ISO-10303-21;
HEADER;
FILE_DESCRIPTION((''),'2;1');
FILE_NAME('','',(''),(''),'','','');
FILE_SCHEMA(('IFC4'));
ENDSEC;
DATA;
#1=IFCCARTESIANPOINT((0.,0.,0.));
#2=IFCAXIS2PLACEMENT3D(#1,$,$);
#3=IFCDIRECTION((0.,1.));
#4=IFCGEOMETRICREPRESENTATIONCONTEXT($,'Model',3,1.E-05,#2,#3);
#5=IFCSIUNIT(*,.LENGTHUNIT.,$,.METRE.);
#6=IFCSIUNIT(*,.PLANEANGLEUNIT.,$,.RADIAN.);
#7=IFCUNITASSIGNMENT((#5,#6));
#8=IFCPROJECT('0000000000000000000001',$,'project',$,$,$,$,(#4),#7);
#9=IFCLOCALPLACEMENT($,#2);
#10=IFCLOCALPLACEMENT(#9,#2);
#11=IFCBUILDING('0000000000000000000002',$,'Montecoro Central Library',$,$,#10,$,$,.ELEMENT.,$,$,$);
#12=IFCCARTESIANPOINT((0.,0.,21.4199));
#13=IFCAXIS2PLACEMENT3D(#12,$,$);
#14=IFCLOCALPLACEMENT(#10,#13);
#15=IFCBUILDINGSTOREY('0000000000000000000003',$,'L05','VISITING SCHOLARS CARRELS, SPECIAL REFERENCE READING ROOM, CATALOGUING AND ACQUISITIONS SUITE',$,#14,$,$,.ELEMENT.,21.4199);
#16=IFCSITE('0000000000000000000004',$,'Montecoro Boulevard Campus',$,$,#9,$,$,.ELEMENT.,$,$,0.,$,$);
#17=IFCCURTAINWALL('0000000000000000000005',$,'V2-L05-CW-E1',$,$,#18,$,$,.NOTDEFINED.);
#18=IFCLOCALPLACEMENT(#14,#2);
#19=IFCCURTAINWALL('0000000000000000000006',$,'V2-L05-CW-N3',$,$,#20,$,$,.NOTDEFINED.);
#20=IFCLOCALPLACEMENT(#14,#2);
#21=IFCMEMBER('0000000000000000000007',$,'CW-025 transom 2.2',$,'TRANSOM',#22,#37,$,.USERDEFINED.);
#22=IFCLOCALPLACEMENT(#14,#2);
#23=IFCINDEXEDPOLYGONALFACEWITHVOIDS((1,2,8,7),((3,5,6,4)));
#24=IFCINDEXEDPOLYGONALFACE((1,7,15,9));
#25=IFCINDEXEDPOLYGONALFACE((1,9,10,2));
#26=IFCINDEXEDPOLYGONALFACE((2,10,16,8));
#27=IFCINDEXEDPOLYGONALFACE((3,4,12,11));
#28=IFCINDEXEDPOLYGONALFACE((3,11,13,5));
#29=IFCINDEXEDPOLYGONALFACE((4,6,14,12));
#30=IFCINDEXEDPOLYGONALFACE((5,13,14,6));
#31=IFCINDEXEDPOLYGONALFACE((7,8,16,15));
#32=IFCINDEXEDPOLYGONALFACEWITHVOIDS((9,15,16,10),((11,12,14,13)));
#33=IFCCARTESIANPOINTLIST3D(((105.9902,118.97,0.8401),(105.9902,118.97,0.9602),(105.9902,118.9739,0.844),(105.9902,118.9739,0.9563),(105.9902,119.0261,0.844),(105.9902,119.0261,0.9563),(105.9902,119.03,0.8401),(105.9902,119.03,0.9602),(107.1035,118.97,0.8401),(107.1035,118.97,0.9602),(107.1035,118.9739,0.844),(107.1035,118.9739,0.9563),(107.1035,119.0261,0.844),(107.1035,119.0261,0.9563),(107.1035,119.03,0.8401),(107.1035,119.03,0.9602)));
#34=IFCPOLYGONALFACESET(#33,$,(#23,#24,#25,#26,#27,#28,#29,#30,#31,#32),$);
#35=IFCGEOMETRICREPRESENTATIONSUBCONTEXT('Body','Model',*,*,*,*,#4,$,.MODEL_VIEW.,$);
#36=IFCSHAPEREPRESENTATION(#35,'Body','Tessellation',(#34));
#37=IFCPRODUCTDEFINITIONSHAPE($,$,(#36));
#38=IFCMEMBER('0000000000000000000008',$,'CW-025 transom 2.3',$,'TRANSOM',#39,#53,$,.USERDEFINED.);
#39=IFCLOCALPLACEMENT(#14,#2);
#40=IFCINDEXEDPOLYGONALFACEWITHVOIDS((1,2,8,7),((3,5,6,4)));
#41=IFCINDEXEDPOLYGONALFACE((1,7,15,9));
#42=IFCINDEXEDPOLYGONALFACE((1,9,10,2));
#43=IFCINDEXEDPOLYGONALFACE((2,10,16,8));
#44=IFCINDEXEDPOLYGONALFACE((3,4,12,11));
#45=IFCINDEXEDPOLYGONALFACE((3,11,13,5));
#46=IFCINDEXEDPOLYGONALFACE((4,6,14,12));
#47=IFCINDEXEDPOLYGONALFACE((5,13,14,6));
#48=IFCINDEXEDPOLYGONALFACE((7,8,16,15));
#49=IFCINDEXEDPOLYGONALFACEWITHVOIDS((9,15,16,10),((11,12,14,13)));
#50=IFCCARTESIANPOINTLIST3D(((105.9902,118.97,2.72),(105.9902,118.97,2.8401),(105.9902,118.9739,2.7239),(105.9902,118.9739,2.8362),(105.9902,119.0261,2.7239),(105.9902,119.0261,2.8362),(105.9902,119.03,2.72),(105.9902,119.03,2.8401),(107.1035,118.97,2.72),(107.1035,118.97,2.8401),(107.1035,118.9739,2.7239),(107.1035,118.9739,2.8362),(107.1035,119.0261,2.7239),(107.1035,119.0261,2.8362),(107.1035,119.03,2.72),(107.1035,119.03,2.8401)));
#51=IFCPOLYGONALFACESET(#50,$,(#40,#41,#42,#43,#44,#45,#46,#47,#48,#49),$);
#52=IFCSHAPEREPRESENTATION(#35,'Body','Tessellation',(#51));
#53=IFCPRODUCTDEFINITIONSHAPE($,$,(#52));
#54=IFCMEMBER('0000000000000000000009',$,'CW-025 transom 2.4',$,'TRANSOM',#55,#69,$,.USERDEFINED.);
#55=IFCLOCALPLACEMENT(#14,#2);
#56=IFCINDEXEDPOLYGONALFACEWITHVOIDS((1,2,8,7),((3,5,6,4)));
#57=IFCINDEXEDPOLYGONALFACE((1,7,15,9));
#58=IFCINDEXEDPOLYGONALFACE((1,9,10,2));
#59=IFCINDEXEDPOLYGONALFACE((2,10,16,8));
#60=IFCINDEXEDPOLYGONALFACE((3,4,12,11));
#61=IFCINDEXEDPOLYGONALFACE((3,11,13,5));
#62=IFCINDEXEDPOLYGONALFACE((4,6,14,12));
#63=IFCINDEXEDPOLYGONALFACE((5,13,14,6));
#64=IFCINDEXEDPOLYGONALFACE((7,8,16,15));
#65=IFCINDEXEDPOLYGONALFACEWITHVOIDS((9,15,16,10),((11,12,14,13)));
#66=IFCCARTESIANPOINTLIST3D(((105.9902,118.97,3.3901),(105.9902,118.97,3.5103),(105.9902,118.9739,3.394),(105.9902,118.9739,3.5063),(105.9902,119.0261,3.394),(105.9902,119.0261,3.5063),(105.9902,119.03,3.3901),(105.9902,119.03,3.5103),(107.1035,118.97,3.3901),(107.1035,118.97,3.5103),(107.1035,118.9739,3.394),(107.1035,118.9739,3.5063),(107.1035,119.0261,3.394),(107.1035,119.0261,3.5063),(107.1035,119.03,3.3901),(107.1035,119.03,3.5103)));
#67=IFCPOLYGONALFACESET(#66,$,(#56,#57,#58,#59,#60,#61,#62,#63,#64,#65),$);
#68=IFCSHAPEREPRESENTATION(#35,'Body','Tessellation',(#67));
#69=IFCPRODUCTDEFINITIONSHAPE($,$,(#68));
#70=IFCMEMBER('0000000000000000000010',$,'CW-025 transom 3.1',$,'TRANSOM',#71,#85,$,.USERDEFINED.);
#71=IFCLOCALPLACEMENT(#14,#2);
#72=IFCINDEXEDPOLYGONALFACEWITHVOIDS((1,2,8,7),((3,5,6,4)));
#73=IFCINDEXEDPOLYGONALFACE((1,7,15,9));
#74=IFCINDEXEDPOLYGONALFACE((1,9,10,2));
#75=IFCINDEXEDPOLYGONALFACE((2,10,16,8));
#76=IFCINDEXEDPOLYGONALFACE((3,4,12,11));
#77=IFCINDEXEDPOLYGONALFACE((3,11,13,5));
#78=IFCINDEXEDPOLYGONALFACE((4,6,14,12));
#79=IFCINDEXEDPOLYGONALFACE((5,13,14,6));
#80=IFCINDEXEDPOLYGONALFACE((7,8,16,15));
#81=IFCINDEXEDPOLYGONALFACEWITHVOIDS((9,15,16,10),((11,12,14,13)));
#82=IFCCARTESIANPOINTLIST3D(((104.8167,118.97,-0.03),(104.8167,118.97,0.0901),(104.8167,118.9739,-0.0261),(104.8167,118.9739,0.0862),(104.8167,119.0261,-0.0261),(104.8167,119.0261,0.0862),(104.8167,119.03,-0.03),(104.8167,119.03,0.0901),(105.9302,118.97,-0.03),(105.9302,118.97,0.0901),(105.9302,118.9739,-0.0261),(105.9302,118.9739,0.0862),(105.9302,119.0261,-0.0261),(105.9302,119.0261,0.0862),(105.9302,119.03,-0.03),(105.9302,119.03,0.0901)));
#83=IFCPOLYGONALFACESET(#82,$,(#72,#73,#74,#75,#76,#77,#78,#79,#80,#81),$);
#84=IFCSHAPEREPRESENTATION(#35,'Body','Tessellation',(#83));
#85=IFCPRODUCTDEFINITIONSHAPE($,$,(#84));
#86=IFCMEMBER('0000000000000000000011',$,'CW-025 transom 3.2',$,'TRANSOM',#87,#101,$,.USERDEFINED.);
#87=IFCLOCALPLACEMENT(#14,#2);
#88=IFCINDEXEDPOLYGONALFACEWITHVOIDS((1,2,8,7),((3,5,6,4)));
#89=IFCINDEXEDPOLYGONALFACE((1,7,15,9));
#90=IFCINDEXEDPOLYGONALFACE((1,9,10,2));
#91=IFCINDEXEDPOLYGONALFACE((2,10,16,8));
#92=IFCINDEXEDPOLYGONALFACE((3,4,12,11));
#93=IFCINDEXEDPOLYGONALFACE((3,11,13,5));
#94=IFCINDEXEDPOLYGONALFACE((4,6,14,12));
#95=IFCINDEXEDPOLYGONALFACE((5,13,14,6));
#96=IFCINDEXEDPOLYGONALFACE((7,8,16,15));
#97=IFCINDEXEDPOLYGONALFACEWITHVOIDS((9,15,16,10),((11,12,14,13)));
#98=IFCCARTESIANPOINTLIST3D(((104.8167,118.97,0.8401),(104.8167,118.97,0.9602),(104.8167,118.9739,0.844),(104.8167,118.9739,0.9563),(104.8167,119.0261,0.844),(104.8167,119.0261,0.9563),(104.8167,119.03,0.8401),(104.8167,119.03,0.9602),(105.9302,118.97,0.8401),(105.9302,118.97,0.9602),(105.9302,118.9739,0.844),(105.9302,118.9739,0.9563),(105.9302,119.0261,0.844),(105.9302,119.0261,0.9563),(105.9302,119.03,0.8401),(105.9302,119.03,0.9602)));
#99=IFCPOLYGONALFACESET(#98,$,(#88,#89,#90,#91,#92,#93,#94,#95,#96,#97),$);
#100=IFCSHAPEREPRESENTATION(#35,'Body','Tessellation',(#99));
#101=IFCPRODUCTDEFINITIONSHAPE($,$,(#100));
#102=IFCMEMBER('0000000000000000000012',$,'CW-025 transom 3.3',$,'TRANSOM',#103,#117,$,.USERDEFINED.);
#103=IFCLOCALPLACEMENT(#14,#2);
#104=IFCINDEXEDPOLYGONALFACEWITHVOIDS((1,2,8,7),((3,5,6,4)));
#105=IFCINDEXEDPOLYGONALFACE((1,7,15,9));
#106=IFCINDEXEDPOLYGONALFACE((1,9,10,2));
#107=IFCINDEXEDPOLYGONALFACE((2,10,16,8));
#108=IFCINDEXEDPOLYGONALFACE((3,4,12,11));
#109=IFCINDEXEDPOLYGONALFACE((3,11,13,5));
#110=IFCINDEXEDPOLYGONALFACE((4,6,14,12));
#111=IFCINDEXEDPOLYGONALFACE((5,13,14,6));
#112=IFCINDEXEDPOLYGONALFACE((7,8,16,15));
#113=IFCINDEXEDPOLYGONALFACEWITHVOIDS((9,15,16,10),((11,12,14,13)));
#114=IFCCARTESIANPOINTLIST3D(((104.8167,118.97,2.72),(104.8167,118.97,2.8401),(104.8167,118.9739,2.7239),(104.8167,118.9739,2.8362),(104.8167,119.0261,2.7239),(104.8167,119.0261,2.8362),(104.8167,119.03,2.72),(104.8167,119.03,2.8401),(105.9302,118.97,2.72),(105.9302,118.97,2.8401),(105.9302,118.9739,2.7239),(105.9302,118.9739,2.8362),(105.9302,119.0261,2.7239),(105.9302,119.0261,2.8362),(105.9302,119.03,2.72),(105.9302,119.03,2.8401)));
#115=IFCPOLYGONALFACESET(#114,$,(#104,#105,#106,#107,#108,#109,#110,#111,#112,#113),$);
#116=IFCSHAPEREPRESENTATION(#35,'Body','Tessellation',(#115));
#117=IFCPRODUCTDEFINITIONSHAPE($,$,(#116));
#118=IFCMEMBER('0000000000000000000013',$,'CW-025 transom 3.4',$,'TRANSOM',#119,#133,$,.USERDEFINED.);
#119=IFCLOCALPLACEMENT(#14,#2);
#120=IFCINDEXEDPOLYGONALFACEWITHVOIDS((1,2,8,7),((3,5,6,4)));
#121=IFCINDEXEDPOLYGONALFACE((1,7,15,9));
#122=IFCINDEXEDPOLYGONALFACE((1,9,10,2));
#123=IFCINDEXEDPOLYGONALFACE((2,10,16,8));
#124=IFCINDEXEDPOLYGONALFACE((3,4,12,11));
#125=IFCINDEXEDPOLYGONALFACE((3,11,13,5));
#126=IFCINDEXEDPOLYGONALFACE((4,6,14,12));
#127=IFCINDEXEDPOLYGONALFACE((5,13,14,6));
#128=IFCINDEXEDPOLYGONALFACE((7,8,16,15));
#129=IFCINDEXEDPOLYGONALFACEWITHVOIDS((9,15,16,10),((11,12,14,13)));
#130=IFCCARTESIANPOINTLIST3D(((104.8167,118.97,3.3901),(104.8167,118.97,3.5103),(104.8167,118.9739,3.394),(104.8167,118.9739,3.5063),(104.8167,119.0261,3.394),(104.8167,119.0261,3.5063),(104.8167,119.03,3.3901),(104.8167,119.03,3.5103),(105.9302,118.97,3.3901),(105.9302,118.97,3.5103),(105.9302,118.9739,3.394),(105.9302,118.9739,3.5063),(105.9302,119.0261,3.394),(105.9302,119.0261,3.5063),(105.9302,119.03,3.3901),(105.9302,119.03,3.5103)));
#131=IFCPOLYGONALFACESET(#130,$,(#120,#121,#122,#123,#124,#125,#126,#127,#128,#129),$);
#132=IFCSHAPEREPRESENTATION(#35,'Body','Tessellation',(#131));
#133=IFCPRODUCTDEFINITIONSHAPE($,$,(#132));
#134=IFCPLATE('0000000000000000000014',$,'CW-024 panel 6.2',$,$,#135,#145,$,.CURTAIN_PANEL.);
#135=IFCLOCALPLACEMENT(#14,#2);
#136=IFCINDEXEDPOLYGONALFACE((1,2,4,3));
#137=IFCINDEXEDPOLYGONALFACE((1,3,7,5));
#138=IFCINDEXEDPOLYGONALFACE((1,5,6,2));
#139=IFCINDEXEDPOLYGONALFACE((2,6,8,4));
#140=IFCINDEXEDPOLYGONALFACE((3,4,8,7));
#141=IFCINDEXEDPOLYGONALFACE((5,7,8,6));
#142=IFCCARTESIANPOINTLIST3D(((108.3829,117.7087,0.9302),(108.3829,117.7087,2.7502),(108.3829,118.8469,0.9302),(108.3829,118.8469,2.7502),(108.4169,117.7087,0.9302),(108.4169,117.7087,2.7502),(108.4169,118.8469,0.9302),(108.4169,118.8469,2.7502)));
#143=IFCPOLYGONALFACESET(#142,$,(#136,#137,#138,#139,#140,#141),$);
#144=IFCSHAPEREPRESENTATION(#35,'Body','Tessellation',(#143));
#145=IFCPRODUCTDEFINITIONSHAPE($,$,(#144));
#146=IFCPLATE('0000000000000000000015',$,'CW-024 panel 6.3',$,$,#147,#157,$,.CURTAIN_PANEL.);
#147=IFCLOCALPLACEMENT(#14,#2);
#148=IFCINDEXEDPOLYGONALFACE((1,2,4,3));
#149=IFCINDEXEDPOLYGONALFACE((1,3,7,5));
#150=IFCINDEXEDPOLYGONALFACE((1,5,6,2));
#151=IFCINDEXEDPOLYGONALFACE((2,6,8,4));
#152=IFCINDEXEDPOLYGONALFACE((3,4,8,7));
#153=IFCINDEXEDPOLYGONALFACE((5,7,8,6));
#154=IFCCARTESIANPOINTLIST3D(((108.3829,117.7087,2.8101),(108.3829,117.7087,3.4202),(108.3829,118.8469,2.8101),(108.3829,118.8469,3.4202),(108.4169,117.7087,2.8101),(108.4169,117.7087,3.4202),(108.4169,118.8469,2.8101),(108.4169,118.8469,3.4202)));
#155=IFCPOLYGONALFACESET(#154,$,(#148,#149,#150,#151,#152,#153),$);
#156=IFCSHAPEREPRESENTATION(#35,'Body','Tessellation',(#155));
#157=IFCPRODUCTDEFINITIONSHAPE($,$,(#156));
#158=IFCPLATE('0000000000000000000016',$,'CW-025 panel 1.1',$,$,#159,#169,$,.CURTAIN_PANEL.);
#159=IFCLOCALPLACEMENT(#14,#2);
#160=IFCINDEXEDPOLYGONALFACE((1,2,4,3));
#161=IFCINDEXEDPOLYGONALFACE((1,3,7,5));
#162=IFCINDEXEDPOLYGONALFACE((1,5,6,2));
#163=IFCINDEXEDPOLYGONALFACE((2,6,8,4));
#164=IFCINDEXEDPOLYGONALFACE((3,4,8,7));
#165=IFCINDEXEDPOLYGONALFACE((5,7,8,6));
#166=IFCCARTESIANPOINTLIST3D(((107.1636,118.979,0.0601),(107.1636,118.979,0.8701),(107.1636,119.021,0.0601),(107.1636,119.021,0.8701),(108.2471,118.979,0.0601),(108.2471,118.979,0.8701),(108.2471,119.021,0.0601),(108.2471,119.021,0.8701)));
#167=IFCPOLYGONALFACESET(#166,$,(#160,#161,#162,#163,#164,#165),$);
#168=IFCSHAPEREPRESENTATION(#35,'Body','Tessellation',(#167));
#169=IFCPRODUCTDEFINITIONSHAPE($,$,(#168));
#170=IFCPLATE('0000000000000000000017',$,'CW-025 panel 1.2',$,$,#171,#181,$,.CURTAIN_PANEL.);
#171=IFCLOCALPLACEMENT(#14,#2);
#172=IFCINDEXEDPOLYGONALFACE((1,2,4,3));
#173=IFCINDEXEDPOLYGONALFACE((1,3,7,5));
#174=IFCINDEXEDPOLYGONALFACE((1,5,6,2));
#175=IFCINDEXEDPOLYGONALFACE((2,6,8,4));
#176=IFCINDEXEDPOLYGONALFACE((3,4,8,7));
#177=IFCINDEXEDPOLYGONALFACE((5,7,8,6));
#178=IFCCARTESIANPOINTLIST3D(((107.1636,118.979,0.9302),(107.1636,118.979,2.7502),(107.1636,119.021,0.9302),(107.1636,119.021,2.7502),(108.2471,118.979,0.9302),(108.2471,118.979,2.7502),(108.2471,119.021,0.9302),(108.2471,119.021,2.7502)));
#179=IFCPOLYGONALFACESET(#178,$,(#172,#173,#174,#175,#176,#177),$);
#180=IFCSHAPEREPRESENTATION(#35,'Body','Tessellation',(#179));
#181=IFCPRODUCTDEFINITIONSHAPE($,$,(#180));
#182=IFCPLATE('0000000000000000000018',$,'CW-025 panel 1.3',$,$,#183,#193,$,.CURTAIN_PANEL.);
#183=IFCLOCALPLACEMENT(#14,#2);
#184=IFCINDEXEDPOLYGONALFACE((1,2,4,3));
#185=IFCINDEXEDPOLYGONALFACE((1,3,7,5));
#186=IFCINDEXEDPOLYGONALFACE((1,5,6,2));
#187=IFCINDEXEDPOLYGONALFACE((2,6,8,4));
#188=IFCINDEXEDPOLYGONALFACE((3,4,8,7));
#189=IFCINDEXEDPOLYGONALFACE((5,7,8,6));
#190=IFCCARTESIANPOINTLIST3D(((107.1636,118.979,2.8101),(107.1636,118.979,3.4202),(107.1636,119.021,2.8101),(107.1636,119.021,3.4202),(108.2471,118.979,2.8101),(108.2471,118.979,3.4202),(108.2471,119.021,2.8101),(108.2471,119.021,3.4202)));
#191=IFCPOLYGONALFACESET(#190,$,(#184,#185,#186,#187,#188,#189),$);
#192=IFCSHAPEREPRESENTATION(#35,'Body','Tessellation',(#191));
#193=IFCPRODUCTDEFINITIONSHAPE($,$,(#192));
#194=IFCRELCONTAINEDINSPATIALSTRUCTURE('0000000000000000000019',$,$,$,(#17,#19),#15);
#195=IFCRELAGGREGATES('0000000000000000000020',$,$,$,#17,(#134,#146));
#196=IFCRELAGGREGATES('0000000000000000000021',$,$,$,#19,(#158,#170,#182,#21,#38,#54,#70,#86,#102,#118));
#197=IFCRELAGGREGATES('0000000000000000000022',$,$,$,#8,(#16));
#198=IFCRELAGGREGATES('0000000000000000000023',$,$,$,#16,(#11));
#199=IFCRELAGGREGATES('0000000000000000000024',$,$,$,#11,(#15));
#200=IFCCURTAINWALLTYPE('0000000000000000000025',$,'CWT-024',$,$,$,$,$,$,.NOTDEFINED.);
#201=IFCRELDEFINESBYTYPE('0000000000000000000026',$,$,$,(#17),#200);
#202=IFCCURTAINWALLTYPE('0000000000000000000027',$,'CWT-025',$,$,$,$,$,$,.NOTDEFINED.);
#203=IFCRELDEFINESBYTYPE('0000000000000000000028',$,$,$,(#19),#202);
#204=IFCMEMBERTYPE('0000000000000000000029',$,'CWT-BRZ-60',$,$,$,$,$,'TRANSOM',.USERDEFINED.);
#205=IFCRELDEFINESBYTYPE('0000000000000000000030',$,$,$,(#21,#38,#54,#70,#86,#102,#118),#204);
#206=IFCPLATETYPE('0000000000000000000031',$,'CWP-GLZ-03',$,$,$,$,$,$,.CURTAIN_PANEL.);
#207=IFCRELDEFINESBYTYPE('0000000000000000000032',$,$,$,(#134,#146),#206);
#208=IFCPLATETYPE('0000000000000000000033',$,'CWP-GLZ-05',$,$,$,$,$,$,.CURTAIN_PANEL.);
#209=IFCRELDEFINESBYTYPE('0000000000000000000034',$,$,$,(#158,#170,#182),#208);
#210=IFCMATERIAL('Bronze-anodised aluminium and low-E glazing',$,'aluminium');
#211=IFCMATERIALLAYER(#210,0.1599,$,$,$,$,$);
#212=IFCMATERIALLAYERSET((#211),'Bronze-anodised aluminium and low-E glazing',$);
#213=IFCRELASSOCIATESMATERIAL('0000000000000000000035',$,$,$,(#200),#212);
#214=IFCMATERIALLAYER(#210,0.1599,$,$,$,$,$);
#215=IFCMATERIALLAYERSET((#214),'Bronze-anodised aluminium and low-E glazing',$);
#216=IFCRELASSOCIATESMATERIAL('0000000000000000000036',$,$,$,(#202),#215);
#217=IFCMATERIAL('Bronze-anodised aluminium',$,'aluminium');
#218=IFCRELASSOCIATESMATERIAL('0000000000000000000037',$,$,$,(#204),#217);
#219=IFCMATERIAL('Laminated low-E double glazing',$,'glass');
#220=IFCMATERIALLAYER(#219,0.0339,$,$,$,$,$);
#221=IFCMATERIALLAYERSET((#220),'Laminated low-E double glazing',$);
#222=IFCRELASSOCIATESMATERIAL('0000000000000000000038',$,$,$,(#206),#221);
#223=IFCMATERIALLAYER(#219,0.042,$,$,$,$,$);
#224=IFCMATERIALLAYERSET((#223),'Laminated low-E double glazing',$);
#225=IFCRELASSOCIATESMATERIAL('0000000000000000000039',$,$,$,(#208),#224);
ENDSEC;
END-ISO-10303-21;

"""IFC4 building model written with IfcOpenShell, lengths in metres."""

from ifc_helpers import new_model, si_unit, direction, frame, origin, origin_2d, place, context, subcontext, project, spatial, rectangle, hollow_rectangle, extrude, material, layer, layer_set, material_profile, profile_set, type_object, element, aggregate, save


model = new_model("IFC4")

# Units and contexts
model_context = context("Model", 3, precision=1e-05, world=origin(), true_north=direction((0.0, 1.0)))
body_context = subcontext(model_context, "Body", "Model", "MODEL_VIEW")
ifc_project = project(units=[si_unit("LENGTHUNIT", "METRE"), si_unit("PLANEANGLEUNIT", "RADIAN")], contexts=[model_context])

# Site, building, storey
site_placement = place(None, origin())
site = spatial("IfcSite", under=ifc_project, at=site_placement, Name="Montecoro Boulevard Campus", CompositionType="ELEMENT", RefElevation=0.0)
building_placement = place(site_placement, origin())
building = spatial("IfcBuilding", under=site, at=building_placement, Name="Montecoro Central Library", CompositionType="ELEMENT")
storey_placement = place(building_placement, frame((0.0, 0.0, 21.4199)))
storey = spatial("IfcBuildingStorey", under=building, at=storey_placement, Name="L05", Description="VISITING SCHOLARS CARRELS, SPECIAL REFERENCE READING ROOM, CATALOGUING AND ACQUISITIONS SUITE", CompositionType="ELEMENT", Elevation=21.4199)

# Curtain wall
ifc_material_1 = material(Name="Bronze-anodised aluminium and low-E glazing", Category="aluminium")
ifc_layer_1 = layer(ifc_material_1, 0.1599)
ifc_layer_set_1 = layer_set([ifc_layer_1], Name="Bronze-anodised aluminium and low-E glazing")
curtain_wall_type_1 = type_object("IfcCurtainWallType", Name="CWT-024", PredefinedType="NOTDEFINED", material=ifc_layer_set_1)
curtain_wall_1_placement = place(storey_placement, origin())
curtain_wall_1 = element("IfcCurtainWall", 1, at=curtain_wall_1_placement, inside=storey, type_object=curtain_wall_type_1, Name="V2-L05-CW-E1", PredefinedType="NOTDEFINED")
ifc_material_2 = material(Name="Bronze-anodised aluminium", Category="aluminium")

# Curtain wall, members
ifc_layer_2 = layer(ifc_material_1, 0.1599)
ifc_layer_set_2 = layer_set([ifc_layer_2], Name="Bronze-anodised aluminium and low-E glazing")
curtain_wall_type_2 = type_object("IfcCurtainWallType", Name="CWT-025", PredefinedType="NOTDEFINED", material=ifc_layer_set_2)
curtain_wall_2_placement = place(storey_placement, origin())
curtain_wall_2 = element("IfcCurtainWall", 2, at=curtain_wall_2_placement, inside=storey, type_object=curtain_wall_type_2, Name="V2-L05-CW-N3", PredefinedType="NOTDEFINED")
ifc_material_profile_1 = material_profile(ifc_material_2, hollow_rectangle(XDim=0.0601, YDim=0.1201, WallThickness=0.0039, at=origin_2d()), Name="CWT 120x60x4.0")
ifc_profile_set_1 = profile_set([ifc_material_profile_1], Name="Bronze-anodised aluminium")
member_type_1 = type_object("IfcMemberType", Name="CWT-BRZ-60", ElementType="TRANSOM", PredefinedType="USERDEFINED", material=ifc_profile_set_1)
member_1_placement = place(storey_placement, frame((107.1035, 119.0, 0.9001), z_axis=(-1.0, 0.0, 0.0), x_axis=(0.0, -1.0, 0.0)))
member_1 = element("IfcMember", 3, at=member_1_placement, type_object=member_type_1, Name="CW-025 transom 2.2", ObjectType="TRANSOM", PredefinedType="USERDEFINED", context=body_context, shape_type="SweptSolid", body=[
    extrude(hollow_rectangle(XDim=0.0601, YDim=0.1201, WallThickness=0.0039, at=origin_2d()), origin(), (0.0, 0.0, 1.0), 1.1133),
])
member_2_placement = place(storey_placement, frame((107.1035, 119.0, 2.78), z_axis=(-1.0, 0.0, 0.0), x_axis=(0.0, -1.0, 0.0)))
member_2 = element("IfcMember", 4, at=member_2_placement, type_object=member_type_1, Name="CW-025 transom 2.3", ObjectType="TRANSOM", PredefinedType="USERDEFINED", context=body_context, shape_type="SweptSolid", body=[
    extrude(hollow_rectangle(XDim=0.0601, YDim=0.1201, WallThickness=0.0039, at=origin_2d()), origin(), (0.0, 0.0, 1.0), 1.1133),
])
member_3_placement = place(storey_placement, frame((107.1035, 119.0, 3.4502), z_axis=(-1.0, 0.0, 0.0), x_axis=(0.0, -1.0, 0.0)))
member_3 = element("IfcMember", 5, at=member_3_placement, type_object=member_type_1, Name="CW-025 transom 2.4", ObjectType="TRANSOM", PredefinedType="USERDEFINED", context=body_context, shape_type="SweptSolid", body=[
    extrude(hollow_rectangle(XDim=0.0601, YDim=0.1201, WallThickness=0.0039, at=origin_2d()), origin(), (0.0, 0.0, 1.0), 1.1133),
])
member_4_placement = place(storey_placement, frame((105.9302, 119.0, 0.03), z_axis=(-1.0, 0.0, 0.0), x_axis=(0.0, -1.0, 0.0)))
member_4 = element("IfcMember", 6, at=member_4_placement, type_object=member_type_1, Name="CW-025 transom 3.1", ObjectType="TRANSOM", PredefinedType="USERDEFINED", context=body_context, shape_type="SweptSolid", body=[
    extrude(hollow_rectangle(XDim=0.0601, YDim=0.1201, WallThickness=0.0039, at=origin_2d()), origin(), (0.0, 0.0, 1.0), 1.1135),
])
member_5_placement = place(storey_placement, frame((105.9302, 119.0, 0.9001), z_axis=(-1.0, 0.0, 0.0), x_axis=(0.0, -1.0, 0.0)))
member_5 = element("IfcMember", 7, at=member_5_placement, type_object=member_type_1, Name="CW-025 transom 3.2", ObjectType="TRANSOM", PredefinedType="USERDEFINED", context=body_context, shape_type="SweptSolid", body=[
    extrude(hollow_rectangle(XDim=0.0601, YDim=0.1201, WallThickness=0.0039, at=origin_2d()), origin(), (0.0, 0.0, 1.0), 1.1135),
])
member_6_placement = place(storey_placement, frame((105.9302, 119.0, 2.78), z_axis=(-1.0, 0.0, 0.0), x_axis=(0.0, -1.0, 0.0)))
member_6 = element("IfcMember", 8, at=member_6_placement, type_object=member_type_1, Name="CW-025 transom 3.3", ObjectType="TRANSOM", PredefinedType="USERDEFINED", context=body_context, shape_type="SweptSolid", body=[
    extrude(hollow_rectangle(XDim=0.0601, YDim=0.1201, WallThickness=0.0039, at=origin_2d()), origin(), (0.0, 0.0, 1.0), 1.1135),
])
member_7_placement = place(storey_placement, frame((105.9302, 119.0, 3.4502), z_axis=(-1.0, 0.0, 0.0), x_axis=(0.0, -1.0, 0.0)))
member_7 = element("IfcMember", 9, at=member_7_placement, type_object=member_type_1, Name="CW-025 transom 3.4", ObjectType="TRANSOM", PredefinedType="USERDEFINED", context=body_context, shape_type="SweptSolid", body=[
    extrude(hollow_rectangle(XDim=0.0601, YDim=0.1201, WallThickness=0.0039, at=origin_2d()), origin(), (0.0, 0.0, 1.0), 1.1135),
])

# Plates
ifc_material_3 = material(Name="Laminated low-E double glazing", Category="glass")
ifc_layer_3 = layer(ifc_material_3, 0.0339)
ifc_layer_set_3 = layer_set([ifc_layer_3], Name="Laminated low-E double glazing")
plate_type_1 = type_object("IfcPlateType", Name="CWP-GLZ-03", PredefinedType="CURTAIN_PANEL", material=ifc_layer_set_3)
plate_1_placement = place(storey_placement, frame((108.3999, 118.2778, 0.9302), z_axis=(0.0, 0.0, 1.0), x_axis=(0.0, 1.0, 0.0)))
plate_1 = element("IfcPlate", 10, at=plate_1_placement, type_object=plate_type_1, Name="CW-024 panel 6.2", PredefinedType="CURTAIN_PANEL", context=body_context, shape_type="SweptSolid", body=[
    extrude(rectangle(XDim=1.1382, YDim=0.0339, at=origin_2d()), origin(), (0.0, 0.0, 1.0), 1.8201),
])
plate_2_placement = place(storey_placement, frame((108.3999, 118.2778, 2.8101), z_axis=(0.0, 0.0, 1.0), x_axis=(0.0, 1.0, 0.0)))
plate_2 = element("IfcPlate", 11, at=plate_2_placement, type_object=plate_type_1, Name="CW-024 panel 6.3", PredefinedType="CURTAIN_PANEL", context=body_context, shape_type="SweptSolid", body=[
    extrude(rectangle(XDim=1.1382, YDim=0.0339, at=origin_2d()), origin(), (0.0, 0.0, 1.0), 0.6101),
])
aggregate(curtain_wall_1, [plate_1, plate_2])
ifc_layer_4 = layer(ifc_material_3, 0.042)
ifc_layer_set_4 = layer_set([ifc_layer_4], Name="Laminated low-E double glazing")
plate_type_2 = type_object("IfcPlateType", Name="CWP-GLZ-05", PredefinedType="CURTAIN_PANEL", material=ifc_layer_set_4)
plate_3_placement = place(storey_placement, frame((107.7053, 119.0, 0.0601), z_axis=(0.0, 0.0, 1.0), x_axis=(-1.0, 0.0, 0.0)))
plate_3 = element("IfcPlate", 12, at=plate_3_placement, type_object=plate_type_2, Name="CW-025 panel 1.1", PredefinedType="CURTAIN_PANEL", context=body_context, shape_type="SweptSolid", body=[
    extrude(rectangle(XDim=1.0835, YDim=0.042, at=origin_2d()), origin(), (0.0, 0.0, 1.0), 0.8101),
])
plate_4_placement = place(storey_placement, frame((107.7053, 119.0, 0.9302), z_axis=(0.0, 0.0, 1.0), x_axis=(-1.0, 0.0, 0.0)))
plate_4 = element("IfcPlate", 13, at=plate_4_placement, type_object=plate_type_2, Name="CW-025 panel 1.2", PredefinedType="CURTAIN_PANEL", context=body_context, shape_type="SweptSolid", body=[
    extrude(rectangle(XDim=1.0835, YDim=0.042, at=origin_2d()), origin(), (0.0, 0.0, 1.0), 1.8201),
])
plate_5_placement = place(storey_placement, frame((107.7053, 119.0, 2.8101), z_axis=(0.0, 0.0, 1.0), x_axis=(-1.0, 0.0, 0.0)))
plate_5 = element("IfcPlate", 14, at=plate_5_placement, type_object=plate_type_2, Name="CW-025 panel 1.3", PredefinedType="CURTAIN_PANEL", context=body_context, shape_type="SweptSolid", body=[
    extrude(rectangle(XDim=1.0835, YDim=0.042, at=origin_2d()), origin(), (0.0, 0.0, 1.0), 0.6101),
])
aggregate(curtain_wall_2, [plate_3, plate_4, plate_5, member_1, member_2, member_3, member_4, member_5, member_6, member_7])

save(model, "model.ifc")
